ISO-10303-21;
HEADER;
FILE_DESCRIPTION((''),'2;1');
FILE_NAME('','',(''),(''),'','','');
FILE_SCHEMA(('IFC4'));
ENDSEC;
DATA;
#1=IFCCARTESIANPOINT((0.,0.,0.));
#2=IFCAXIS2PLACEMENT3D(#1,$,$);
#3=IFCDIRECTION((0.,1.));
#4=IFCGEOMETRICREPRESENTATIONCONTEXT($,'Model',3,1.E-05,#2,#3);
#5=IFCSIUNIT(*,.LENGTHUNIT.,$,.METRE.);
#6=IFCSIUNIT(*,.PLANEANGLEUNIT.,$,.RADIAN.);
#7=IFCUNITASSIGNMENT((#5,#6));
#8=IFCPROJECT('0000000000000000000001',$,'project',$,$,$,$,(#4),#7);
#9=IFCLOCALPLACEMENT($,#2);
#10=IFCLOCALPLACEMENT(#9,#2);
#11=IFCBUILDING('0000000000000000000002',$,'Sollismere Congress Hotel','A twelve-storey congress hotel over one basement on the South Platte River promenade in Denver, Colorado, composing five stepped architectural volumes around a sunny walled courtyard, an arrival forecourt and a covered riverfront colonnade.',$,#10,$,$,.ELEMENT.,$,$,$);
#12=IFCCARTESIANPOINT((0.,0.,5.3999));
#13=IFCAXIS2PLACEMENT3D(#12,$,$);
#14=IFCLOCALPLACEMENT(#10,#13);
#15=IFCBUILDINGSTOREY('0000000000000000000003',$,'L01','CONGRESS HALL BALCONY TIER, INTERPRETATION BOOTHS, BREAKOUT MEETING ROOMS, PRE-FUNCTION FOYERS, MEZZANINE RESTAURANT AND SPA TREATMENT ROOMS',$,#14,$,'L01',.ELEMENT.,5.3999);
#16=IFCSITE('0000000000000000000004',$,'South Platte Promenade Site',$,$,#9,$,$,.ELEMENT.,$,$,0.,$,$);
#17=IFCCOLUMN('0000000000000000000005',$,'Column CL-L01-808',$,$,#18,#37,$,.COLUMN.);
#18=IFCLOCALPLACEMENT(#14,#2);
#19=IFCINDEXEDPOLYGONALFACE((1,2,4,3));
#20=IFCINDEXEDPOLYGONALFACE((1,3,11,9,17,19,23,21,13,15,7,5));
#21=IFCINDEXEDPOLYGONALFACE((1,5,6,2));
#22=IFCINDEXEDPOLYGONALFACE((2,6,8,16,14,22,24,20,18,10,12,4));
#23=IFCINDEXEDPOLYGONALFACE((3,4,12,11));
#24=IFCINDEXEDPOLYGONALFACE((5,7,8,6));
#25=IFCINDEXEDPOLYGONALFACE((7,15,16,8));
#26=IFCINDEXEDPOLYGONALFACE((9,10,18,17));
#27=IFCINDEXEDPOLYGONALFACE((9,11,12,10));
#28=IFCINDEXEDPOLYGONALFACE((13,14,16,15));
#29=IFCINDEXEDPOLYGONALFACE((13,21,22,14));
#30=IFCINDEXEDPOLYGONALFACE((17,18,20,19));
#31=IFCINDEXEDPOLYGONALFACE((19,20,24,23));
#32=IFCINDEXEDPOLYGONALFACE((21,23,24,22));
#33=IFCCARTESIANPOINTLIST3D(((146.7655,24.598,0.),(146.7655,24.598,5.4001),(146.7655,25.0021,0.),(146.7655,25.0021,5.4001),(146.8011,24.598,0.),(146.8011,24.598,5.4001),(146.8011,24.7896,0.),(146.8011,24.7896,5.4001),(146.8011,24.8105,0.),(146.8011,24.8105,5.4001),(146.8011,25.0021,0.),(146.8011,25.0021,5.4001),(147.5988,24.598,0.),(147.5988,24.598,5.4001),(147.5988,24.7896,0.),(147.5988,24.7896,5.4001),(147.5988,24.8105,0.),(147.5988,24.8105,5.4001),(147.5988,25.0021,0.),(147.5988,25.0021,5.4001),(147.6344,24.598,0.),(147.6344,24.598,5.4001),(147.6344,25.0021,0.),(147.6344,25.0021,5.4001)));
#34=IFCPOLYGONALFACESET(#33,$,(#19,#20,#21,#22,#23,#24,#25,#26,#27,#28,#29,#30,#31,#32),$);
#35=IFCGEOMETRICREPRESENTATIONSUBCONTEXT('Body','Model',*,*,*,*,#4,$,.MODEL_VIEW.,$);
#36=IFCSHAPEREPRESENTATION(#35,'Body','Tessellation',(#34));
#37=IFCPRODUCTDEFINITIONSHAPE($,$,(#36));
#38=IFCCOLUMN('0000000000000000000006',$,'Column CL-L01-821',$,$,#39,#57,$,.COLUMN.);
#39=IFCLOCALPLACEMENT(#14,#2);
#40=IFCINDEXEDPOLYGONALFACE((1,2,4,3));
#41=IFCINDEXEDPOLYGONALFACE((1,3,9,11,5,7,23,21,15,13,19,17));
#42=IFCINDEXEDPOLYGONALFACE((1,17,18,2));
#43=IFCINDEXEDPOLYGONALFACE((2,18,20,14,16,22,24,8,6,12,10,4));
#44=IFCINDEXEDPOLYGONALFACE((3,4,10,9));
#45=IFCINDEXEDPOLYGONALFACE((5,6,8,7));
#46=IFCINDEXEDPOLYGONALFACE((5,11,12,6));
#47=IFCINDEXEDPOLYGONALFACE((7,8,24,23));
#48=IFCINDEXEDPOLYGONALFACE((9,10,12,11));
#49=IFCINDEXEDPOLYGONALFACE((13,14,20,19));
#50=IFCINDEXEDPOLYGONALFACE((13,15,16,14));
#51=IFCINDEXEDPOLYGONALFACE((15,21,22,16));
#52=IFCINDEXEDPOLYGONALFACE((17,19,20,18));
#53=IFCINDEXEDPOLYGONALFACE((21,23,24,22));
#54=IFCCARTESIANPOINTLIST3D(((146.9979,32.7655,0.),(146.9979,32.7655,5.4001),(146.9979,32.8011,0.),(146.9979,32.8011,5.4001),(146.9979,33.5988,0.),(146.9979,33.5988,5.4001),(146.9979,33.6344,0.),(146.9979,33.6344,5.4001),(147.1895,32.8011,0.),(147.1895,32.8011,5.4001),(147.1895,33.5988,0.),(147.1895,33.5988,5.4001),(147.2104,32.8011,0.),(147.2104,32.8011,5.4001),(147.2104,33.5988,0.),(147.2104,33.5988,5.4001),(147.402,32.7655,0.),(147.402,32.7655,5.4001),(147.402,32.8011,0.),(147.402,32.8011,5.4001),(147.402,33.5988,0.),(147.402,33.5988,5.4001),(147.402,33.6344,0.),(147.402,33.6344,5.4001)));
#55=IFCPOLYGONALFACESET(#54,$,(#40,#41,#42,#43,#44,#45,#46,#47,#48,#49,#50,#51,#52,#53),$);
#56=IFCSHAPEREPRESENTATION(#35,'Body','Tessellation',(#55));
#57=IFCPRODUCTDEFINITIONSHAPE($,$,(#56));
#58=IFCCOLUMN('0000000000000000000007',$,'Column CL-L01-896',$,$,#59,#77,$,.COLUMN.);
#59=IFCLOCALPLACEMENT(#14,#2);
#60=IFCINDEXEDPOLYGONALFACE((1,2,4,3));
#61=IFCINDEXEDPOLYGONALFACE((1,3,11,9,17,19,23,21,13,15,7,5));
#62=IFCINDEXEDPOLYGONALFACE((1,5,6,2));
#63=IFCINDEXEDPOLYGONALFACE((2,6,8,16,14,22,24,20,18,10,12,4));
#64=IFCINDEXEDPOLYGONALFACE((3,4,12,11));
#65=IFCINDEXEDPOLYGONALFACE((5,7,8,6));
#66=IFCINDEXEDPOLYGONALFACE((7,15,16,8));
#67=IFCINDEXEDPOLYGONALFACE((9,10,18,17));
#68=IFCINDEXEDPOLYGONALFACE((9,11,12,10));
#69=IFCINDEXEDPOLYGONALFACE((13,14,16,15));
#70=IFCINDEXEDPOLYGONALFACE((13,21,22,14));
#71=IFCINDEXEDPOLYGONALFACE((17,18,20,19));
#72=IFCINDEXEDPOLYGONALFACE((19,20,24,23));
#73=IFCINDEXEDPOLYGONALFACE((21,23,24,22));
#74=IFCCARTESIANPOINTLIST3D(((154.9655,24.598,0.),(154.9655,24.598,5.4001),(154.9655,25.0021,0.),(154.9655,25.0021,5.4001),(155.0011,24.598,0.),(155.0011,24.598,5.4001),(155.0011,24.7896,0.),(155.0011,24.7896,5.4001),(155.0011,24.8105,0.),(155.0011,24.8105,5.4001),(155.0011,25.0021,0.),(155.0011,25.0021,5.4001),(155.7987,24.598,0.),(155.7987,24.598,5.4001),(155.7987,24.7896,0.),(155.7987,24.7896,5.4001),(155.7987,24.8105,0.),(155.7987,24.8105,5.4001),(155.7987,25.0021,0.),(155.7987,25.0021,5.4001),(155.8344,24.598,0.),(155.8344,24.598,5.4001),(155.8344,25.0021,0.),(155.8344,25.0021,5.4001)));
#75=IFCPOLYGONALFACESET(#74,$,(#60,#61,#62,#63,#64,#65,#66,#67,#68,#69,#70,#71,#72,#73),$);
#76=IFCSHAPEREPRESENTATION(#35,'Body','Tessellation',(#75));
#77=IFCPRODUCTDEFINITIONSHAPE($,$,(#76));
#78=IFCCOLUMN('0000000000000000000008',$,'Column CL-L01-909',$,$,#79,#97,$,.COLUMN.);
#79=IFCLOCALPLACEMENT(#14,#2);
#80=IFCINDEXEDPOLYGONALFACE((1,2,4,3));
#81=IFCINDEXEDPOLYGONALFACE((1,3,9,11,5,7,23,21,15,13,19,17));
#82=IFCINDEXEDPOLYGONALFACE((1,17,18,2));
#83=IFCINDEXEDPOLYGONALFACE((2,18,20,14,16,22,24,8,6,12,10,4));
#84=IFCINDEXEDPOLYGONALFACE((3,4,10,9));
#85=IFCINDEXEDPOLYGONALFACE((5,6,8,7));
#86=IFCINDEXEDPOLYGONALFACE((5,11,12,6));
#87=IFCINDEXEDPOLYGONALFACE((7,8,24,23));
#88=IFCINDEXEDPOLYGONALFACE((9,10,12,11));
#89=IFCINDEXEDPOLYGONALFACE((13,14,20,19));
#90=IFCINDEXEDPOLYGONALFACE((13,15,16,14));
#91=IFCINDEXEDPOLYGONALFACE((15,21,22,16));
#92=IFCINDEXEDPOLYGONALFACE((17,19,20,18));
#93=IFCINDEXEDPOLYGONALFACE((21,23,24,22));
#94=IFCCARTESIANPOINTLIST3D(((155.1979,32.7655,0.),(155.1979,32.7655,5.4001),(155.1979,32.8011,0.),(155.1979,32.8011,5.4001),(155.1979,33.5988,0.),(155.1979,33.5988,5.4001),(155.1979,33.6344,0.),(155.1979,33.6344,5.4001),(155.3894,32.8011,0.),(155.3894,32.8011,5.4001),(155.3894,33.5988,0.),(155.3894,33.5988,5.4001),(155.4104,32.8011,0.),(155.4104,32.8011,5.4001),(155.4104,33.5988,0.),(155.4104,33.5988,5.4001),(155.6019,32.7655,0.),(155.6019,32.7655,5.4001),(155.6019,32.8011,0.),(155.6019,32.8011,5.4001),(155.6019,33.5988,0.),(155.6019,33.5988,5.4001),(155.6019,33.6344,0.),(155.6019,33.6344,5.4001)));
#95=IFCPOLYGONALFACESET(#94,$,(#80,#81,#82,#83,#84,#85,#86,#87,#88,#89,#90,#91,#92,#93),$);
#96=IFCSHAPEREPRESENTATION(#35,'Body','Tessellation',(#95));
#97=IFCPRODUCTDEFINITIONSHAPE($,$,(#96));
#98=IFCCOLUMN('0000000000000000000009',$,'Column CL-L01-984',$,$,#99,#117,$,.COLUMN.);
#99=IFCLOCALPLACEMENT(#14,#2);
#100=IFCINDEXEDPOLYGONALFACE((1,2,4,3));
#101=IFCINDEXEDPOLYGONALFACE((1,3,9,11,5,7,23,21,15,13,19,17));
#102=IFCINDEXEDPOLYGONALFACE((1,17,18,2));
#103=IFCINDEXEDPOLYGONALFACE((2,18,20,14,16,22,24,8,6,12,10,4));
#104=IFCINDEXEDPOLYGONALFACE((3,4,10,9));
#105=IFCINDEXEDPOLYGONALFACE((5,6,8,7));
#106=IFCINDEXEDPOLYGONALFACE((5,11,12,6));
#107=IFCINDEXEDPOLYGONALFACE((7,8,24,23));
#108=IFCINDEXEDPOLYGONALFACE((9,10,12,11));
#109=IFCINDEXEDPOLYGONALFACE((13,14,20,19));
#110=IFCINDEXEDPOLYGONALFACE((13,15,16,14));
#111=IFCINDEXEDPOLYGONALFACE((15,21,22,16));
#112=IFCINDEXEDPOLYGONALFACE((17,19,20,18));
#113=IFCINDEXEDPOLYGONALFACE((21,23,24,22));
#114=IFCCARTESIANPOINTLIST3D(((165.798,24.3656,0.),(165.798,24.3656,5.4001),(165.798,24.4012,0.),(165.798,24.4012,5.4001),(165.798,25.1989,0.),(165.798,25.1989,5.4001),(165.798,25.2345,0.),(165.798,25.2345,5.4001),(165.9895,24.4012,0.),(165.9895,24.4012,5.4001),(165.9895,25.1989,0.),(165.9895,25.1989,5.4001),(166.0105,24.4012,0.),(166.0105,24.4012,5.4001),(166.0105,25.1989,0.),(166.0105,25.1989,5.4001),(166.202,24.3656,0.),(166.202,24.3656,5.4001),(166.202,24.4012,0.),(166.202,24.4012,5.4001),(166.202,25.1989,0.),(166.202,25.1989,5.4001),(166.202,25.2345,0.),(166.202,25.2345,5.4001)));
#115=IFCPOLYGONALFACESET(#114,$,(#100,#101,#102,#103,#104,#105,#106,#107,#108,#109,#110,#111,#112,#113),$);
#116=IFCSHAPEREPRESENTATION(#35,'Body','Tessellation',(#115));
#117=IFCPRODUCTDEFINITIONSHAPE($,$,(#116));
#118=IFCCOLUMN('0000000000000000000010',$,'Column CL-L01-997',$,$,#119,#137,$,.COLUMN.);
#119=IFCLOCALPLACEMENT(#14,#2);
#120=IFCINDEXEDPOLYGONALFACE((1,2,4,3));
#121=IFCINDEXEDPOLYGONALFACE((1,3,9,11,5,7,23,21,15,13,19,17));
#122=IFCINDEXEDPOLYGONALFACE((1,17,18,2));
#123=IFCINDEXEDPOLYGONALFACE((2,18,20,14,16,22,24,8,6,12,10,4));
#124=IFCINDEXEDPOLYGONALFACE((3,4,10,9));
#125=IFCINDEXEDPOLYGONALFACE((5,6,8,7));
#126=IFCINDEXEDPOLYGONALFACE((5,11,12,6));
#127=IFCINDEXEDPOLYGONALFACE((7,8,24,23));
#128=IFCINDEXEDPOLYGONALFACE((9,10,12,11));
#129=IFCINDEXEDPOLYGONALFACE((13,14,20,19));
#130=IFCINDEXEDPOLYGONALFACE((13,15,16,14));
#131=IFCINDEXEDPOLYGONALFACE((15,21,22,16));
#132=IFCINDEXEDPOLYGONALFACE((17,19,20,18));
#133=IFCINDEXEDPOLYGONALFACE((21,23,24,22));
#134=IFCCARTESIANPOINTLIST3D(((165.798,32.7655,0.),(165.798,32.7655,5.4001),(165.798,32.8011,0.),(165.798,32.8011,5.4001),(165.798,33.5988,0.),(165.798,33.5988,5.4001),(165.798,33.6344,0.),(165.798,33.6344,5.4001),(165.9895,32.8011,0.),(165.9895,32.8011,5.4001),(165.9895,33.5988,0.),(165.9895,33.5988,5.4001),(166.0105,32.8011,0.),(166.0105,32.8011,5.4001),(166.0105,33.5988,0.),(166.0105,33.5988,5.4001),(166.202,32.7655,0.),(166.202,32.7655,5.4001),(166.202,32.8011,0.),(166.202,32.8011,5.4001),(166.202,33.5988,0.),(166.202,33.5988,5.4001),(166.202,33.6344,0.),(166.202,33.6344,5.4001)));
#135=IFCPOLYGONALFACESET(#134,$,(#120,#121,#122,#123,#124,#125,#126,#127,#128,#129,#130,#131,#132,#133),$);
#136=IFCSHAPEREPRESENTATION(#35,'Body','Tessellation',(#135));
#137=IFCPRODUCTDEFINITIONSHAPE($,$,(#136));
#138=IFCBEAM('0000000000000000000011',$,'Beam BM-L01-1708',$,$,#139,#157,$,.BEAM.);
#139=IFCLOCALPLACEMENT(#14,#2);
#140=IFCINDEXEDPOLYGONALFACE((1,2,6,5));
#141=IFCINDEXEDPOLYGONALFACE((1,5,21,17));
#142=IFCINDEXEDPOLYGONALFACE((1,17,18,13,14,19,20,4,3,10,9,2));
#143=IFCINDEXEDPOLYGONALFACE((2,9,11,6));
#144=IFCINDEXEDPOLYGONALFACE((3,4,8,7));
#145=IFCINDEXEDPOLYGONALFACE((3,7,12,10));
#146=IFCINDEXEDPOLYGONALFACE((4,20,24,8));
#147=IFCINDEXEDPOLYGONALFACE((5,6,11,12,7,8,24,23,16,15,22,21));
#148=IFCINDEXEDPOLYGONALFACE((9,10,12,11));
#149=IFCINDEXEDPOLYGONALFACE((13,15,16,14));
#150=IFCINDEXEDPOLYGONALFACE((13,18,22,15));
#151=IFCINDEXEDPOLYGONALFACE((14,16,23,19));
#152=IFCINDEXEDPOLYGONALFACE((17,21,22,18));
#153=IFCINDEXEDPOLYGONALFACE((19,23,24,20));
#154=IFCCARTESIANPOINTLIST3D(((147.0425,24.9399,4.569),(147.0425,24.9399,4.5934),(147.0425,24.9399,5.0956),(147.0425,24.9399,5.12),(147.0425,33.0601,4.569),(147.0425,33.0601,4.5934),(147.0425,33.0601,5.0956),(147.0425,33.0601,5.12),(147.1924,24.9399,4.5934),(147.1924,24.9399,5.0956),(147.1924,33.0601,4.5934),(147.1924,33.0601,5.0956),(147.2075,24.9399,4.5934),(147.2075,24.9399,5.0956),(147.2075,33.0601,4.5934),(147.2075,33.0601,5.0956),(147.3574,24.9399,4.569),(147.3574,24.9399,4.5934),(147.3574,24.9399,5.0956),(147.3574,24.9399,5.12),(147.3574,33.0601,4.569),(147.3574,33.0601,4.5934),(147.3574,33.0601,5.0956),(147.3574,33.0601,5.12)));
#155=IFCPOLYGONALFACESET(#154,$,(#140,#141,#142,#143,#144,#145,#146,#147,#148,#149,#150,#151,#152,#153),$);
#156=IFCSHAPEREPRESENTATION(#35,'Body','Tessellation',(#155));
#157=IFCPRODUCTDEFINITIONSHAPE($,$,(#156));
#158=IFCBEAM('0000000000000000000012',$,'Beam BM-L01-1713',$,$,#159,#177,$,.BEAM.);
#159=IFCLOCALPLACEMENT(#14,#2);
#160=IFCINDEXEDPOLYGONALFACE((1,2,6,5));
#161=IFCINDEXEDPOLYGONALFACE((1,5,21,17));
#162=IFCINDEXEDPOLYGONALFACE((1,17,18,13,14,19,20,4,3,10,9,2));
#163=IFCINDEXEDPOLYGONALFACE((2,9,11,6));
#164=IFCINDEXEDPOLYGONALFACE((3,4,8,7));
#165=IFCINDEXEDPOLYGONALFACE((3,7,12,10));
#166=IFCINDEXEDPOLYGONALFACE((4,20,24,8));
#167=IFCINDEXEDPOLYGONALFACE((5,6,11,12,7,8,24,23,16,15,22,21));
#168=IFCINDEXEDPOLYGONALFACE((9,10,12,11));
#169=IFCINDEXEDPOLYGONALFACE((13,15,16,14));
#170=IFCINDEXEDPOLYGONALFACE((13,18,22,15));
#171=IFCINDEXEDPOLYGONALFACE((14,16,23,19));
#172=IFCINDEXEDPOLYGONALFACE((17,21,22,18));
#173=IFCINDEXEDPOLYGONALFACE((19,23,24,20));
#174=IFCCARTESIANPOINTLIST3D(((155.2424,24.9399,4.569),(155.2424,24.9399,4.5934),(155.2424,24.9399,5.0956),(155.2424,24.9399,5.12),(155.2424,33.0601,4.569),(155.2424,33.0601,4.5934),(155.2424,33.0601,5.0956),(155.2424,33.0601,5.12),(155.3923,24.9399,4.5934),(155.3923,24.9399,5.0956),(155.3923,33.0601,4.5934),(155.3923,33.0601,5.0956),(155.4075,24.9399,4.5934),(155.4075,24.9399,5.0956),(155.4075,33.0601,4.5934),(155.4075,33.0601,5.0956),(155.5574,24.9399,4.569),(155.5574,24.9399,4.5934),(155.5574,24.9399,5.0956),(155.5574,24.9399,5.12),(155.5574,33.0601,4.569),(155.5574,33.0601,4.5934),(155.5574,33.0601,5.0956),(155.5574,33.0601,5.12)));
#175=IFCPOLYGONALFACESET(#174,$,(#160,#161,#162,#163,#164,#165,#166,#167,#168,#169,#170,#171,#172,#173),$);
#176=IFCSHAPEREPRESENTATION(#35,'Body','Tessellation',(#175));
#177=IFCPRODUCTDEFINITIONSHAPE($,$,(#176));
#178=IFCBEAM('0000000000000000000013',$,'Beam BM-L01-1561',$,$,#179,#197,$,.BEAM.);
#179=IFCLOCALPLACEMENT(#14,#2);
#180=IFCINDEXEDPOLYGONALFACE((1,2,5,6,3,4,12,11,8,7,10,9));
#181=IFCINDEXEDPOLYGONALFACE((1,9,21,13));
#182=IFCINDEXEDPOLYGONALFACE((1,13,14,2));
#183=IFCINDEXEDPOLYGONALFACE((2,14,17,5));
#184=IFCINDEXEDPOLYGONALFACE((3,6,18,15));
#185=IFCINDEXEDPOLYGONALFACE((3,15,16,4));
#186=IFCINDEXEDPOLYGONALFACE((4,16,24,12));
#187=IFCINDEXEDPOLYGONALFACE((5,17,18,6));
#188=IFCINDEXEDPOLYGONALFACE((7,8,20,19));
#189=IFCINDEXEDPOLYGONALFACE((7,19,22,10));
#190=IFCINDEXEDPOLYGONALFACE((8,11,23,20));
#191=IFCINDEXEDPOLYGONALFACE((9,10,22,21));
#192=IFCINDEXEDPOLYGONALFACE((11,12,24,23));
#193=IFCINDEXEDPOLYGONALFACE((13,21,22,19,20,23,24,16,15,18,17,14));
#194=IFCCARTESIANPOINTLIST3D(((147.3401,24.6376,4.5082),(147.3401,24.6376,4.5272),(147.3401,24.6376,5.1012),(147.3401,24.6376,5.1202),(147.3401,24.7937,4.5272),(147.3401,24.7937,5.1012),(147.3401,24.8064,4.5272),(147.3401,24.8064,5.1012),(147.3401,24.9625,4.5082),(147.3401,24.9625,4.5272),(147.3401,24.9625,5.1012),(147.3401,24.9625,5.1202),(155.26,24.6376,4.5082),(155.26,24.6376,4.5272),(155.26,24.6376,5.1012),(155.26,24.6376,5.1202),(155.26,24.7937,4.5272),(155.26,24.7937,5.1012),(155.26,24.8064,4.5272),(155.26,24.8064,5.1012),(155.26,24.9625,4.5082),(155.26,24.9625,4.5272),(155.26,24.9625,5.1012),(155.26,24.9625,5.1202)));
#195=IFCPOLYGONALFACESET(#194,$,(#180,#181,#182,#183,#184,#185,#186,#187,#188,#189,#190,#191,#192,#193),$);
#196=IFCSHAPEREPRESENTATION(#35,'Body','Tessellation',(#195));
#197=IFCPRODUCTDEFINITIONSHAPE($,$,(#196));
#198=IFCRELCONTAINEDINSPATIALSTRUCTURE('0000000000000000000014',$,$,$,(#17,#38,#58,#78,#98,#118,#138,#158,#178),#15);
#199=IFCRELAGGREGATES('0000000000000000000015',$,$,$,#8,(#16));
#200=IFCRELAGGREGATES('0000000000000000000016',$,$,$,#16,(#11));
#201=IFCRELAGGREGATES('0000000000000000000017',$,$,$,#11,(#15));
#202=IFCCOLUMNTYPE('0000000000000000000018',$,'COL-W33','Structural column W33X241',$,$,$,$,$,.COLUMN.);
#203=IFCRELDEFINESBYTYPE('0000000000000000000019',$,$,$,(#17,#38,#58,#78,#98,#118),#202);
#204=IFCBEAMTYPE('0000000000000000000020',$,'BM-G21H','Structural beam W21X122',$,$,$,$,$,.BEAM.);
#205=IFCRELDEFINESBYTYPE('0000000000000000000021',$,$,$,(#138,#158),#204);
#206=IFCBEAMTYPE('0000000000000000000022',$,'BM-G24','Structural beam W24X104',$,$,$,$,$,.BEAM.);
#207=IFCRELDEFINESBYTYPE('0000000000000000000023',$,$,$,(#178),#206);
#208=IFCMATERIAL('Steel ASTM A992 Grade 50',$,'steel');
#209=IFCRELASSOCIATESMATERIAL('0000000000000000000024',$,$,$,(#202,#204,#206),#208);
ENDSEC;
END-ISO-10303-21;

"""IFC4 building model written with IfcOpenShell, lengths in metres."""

from ifc_helpers import new_model, si_unit, direction, frame, origin, origin_2d, place, context, subcontext, project, spatial, i_section, extrude, material, material_profile, profile_set, type_object, element, save


model = new_model("IFC4")

# Units and contexts
model_context = context("Model", 3, precision=1e-05, world=origin(), true_north=direction((0.0, 1.0)))
body_context = subcontext(model_context, "Body", "Model", "MODEL_VIEW")
ifc_project = project(units=[si_unit("LENGTHUNIT", "METRE"), si_unit("PLANEANGLEUNIT", "RADIAN")], contexts=[model_context])

# Site, building, storey
site_placement = place(None, origin())
site = spatial("IfcSite", under=ifc_project, at=site_placement, Name="South Platte Promenade Site", CompositionType="ELEMENT", RefElevation=0.0)
building_placement = place(site_placement, origin())
building = spatial("IfcBuilding", under=site, at=building_placement, Name="Sollismere Congress Hotel", Description="A twelve-storey congress hotel over one basement on the South Platte River promenade in Denver, Colorado, composing five stepped architectural volumes around a sunny walled courtyard, an arrival forecourt and a covered riverfront colonnade.", CompositionType="ELEMENT")
storey_placement = place(building_placement, frame((0.0, 0.0, 5.3999)))
storey = spatial("IfcBuildingStorey", under=building, at=storey_placement, Name="L01", Description="CONGRESS HALL BALCONY TIER, INTERPRETATION BOOTHS, BREAKOUT MEETING ROOMS, PRE-FUNCTION FOYERS, MEZZANINE RESTAURANT AND SPA TREATMENT ROOMS", LongName="L01", CompositionType="ELEMENT", Elevation=5.3999)

# Columns
ifc_material_1 = material(Name="Steel ASTM A992 Grade 50", Category="steel")
ifc_material_profile_1 = material_profile(ifc_material_1, i_section(OverallWidth=0.4041, OverallDepth=0.8689, WebThickness=0.021, FlangeThickness=0.0356, at=origin_2d()), Name="W33X241")
ifc_profile_set_1 = profile_set([ifc_material_profile_1], Name="Steel ASTM A992 Grade 50")
column_type = type_object("IfcColumnType", Name="COL-W33", Description="Structural column W33X241", PredefinedType="COLUMN", material=ifc_profile_set_1)
for number, where, z_axis, x_axis, name in (
    (1, (147.2, 24.8, 0.0), (0.0, 0.0, 1.0), (0.0, 1.0, 0.0), "Column CL-L01-808"),
    (2, (147.2, 33.2, 0.0), (0.0, 0.0, 1.0), (1.0, 0.0, 0.0), "Column CL-L01-821"),
    (3, (155.3999, 24.8, 0.0), (0.0, 0.0, 1.0), (0.0, 1.0, 0.0), "Column CL-L01-896"),
    (4, (155.3999, 33.2, 0.0), (0.0, 0.0, 1.0), (1.0, 0.0, 0.0), "Column CL-L01-909"),
    (5, (166.0, 24.8, 0.0), (0.0, 0.0, 1.0), (1.0, 0.0, 0.0), "Column CL-L01-984"),
    (6, (166.0, 33.2, 0.0), (0.0, 0.0, 1.0), (1.0, 0.0, 0.0), "Column CL-L01-997"),
):
    element("IfcColumn", number, at=place(storey_placement, frame(where, z_axis=z_axis, x_axis=x_axis)), inside=storey, type_object=column_type, Name=name, PredefinedType="COLUMN", context=body_context, shape_type="SweptSolid", body=[
        extrude(i_section(OverallWidth=0.4041, OverallDepth=0.8689, WebThickness=0.021, FlangeThickness=0.0356, at=origin_2d()), origin(), (0.0, 0.0, 1.0), 5.4001),
    ])

# Beams
ifc_material_profile_2 = material_profile(ifc_material_1, i_section(OverallWidth=0.3149, OverallDepth=0.551, WebThickness=0.0151, FlangeThickness=0.0244, at=origin_2d()), Name="W21X122")
ifc_profile_set_2 = profile_set([ifc_material_profile_2], Name="Steel ASTM A992 Grade 50")
beam_type_1 = type_object("IfcBeamType", Name="BM-G21H", Description="Structural beam W21X122", PredefinedType="BEAM", material=ifc_profile_set_2)
for number, where, z_axis, x_axis, name in (
    (7, (147.2, 24.9399, 4.8445), (0.0, 1.0, 0.0), (-1.0, 0.0, 0.0), "Beam BM-L01-1708"),
    (8, (155.3999, 24.9399, 4.8445), (0.0, 1.0, 0.0), (-1.0, 0.0, 0.0), "Beam BM-L01-1713"),
):
    element("IfcBeam", number, at=place(storey_placement, frame(where, z_axis=z_axis, x_axis=x_axis)), inside=storey, type_object=beam_type_1, Name=name, PredefinedType="BEAM", context=body_context, shape_type="SweptSolid", body=[
        extrude(i_section(OverallWidth=0.3149, OverallDepth=0.551, WebThickness=0.0151, FlangeThickness=0.0244, at=origin_2d()), origin(), (0.0, 0.0, 1.0), 8.1201),
    ])
ifc_material_profile_3 = material_profile(ifc_material_1, i_section(OverallWidth=0.325, OverallDepth=0.6121, WebThickness=0.0127, FlangeThickness=0.019, at=origin_2d()), Name="W24X104")
ifc_profile_set_3 = profile_set([ifc_material_profile_3], Name="Steel ASTM A992 Grade 50")
beam_type_2 = type_object("IfcBeamType", Name="BM-G24", Description="Structural beam W24X104", PredefinedType="BEAM", material=ifc_profile_set_3)
beam_1_placement = place(storey_placement, frame((147.3401, 24.8, 4.8142), z_axis=(1.0, 0.0, 0.0), x_axis=(0.0, 1.0, 0.0)))
element("IfcBeam", 9, at=beam_1_placement, inside=storey, type_object=beam_type_2, Name="Beam BM-L01-1561", PredefinedType="BEAM", context=body_context, shape_type="SweptSolid", body=[
    extrude(i_section(OverallWidth=0.325, OverallDepth=0.6121, WebThickness=0.0127, FlangeThickness=0.019, at=origin_2d()), origin(), (0.0, 0.0, 1.0), 7.9199),
])

save(model, "model.ifc")
